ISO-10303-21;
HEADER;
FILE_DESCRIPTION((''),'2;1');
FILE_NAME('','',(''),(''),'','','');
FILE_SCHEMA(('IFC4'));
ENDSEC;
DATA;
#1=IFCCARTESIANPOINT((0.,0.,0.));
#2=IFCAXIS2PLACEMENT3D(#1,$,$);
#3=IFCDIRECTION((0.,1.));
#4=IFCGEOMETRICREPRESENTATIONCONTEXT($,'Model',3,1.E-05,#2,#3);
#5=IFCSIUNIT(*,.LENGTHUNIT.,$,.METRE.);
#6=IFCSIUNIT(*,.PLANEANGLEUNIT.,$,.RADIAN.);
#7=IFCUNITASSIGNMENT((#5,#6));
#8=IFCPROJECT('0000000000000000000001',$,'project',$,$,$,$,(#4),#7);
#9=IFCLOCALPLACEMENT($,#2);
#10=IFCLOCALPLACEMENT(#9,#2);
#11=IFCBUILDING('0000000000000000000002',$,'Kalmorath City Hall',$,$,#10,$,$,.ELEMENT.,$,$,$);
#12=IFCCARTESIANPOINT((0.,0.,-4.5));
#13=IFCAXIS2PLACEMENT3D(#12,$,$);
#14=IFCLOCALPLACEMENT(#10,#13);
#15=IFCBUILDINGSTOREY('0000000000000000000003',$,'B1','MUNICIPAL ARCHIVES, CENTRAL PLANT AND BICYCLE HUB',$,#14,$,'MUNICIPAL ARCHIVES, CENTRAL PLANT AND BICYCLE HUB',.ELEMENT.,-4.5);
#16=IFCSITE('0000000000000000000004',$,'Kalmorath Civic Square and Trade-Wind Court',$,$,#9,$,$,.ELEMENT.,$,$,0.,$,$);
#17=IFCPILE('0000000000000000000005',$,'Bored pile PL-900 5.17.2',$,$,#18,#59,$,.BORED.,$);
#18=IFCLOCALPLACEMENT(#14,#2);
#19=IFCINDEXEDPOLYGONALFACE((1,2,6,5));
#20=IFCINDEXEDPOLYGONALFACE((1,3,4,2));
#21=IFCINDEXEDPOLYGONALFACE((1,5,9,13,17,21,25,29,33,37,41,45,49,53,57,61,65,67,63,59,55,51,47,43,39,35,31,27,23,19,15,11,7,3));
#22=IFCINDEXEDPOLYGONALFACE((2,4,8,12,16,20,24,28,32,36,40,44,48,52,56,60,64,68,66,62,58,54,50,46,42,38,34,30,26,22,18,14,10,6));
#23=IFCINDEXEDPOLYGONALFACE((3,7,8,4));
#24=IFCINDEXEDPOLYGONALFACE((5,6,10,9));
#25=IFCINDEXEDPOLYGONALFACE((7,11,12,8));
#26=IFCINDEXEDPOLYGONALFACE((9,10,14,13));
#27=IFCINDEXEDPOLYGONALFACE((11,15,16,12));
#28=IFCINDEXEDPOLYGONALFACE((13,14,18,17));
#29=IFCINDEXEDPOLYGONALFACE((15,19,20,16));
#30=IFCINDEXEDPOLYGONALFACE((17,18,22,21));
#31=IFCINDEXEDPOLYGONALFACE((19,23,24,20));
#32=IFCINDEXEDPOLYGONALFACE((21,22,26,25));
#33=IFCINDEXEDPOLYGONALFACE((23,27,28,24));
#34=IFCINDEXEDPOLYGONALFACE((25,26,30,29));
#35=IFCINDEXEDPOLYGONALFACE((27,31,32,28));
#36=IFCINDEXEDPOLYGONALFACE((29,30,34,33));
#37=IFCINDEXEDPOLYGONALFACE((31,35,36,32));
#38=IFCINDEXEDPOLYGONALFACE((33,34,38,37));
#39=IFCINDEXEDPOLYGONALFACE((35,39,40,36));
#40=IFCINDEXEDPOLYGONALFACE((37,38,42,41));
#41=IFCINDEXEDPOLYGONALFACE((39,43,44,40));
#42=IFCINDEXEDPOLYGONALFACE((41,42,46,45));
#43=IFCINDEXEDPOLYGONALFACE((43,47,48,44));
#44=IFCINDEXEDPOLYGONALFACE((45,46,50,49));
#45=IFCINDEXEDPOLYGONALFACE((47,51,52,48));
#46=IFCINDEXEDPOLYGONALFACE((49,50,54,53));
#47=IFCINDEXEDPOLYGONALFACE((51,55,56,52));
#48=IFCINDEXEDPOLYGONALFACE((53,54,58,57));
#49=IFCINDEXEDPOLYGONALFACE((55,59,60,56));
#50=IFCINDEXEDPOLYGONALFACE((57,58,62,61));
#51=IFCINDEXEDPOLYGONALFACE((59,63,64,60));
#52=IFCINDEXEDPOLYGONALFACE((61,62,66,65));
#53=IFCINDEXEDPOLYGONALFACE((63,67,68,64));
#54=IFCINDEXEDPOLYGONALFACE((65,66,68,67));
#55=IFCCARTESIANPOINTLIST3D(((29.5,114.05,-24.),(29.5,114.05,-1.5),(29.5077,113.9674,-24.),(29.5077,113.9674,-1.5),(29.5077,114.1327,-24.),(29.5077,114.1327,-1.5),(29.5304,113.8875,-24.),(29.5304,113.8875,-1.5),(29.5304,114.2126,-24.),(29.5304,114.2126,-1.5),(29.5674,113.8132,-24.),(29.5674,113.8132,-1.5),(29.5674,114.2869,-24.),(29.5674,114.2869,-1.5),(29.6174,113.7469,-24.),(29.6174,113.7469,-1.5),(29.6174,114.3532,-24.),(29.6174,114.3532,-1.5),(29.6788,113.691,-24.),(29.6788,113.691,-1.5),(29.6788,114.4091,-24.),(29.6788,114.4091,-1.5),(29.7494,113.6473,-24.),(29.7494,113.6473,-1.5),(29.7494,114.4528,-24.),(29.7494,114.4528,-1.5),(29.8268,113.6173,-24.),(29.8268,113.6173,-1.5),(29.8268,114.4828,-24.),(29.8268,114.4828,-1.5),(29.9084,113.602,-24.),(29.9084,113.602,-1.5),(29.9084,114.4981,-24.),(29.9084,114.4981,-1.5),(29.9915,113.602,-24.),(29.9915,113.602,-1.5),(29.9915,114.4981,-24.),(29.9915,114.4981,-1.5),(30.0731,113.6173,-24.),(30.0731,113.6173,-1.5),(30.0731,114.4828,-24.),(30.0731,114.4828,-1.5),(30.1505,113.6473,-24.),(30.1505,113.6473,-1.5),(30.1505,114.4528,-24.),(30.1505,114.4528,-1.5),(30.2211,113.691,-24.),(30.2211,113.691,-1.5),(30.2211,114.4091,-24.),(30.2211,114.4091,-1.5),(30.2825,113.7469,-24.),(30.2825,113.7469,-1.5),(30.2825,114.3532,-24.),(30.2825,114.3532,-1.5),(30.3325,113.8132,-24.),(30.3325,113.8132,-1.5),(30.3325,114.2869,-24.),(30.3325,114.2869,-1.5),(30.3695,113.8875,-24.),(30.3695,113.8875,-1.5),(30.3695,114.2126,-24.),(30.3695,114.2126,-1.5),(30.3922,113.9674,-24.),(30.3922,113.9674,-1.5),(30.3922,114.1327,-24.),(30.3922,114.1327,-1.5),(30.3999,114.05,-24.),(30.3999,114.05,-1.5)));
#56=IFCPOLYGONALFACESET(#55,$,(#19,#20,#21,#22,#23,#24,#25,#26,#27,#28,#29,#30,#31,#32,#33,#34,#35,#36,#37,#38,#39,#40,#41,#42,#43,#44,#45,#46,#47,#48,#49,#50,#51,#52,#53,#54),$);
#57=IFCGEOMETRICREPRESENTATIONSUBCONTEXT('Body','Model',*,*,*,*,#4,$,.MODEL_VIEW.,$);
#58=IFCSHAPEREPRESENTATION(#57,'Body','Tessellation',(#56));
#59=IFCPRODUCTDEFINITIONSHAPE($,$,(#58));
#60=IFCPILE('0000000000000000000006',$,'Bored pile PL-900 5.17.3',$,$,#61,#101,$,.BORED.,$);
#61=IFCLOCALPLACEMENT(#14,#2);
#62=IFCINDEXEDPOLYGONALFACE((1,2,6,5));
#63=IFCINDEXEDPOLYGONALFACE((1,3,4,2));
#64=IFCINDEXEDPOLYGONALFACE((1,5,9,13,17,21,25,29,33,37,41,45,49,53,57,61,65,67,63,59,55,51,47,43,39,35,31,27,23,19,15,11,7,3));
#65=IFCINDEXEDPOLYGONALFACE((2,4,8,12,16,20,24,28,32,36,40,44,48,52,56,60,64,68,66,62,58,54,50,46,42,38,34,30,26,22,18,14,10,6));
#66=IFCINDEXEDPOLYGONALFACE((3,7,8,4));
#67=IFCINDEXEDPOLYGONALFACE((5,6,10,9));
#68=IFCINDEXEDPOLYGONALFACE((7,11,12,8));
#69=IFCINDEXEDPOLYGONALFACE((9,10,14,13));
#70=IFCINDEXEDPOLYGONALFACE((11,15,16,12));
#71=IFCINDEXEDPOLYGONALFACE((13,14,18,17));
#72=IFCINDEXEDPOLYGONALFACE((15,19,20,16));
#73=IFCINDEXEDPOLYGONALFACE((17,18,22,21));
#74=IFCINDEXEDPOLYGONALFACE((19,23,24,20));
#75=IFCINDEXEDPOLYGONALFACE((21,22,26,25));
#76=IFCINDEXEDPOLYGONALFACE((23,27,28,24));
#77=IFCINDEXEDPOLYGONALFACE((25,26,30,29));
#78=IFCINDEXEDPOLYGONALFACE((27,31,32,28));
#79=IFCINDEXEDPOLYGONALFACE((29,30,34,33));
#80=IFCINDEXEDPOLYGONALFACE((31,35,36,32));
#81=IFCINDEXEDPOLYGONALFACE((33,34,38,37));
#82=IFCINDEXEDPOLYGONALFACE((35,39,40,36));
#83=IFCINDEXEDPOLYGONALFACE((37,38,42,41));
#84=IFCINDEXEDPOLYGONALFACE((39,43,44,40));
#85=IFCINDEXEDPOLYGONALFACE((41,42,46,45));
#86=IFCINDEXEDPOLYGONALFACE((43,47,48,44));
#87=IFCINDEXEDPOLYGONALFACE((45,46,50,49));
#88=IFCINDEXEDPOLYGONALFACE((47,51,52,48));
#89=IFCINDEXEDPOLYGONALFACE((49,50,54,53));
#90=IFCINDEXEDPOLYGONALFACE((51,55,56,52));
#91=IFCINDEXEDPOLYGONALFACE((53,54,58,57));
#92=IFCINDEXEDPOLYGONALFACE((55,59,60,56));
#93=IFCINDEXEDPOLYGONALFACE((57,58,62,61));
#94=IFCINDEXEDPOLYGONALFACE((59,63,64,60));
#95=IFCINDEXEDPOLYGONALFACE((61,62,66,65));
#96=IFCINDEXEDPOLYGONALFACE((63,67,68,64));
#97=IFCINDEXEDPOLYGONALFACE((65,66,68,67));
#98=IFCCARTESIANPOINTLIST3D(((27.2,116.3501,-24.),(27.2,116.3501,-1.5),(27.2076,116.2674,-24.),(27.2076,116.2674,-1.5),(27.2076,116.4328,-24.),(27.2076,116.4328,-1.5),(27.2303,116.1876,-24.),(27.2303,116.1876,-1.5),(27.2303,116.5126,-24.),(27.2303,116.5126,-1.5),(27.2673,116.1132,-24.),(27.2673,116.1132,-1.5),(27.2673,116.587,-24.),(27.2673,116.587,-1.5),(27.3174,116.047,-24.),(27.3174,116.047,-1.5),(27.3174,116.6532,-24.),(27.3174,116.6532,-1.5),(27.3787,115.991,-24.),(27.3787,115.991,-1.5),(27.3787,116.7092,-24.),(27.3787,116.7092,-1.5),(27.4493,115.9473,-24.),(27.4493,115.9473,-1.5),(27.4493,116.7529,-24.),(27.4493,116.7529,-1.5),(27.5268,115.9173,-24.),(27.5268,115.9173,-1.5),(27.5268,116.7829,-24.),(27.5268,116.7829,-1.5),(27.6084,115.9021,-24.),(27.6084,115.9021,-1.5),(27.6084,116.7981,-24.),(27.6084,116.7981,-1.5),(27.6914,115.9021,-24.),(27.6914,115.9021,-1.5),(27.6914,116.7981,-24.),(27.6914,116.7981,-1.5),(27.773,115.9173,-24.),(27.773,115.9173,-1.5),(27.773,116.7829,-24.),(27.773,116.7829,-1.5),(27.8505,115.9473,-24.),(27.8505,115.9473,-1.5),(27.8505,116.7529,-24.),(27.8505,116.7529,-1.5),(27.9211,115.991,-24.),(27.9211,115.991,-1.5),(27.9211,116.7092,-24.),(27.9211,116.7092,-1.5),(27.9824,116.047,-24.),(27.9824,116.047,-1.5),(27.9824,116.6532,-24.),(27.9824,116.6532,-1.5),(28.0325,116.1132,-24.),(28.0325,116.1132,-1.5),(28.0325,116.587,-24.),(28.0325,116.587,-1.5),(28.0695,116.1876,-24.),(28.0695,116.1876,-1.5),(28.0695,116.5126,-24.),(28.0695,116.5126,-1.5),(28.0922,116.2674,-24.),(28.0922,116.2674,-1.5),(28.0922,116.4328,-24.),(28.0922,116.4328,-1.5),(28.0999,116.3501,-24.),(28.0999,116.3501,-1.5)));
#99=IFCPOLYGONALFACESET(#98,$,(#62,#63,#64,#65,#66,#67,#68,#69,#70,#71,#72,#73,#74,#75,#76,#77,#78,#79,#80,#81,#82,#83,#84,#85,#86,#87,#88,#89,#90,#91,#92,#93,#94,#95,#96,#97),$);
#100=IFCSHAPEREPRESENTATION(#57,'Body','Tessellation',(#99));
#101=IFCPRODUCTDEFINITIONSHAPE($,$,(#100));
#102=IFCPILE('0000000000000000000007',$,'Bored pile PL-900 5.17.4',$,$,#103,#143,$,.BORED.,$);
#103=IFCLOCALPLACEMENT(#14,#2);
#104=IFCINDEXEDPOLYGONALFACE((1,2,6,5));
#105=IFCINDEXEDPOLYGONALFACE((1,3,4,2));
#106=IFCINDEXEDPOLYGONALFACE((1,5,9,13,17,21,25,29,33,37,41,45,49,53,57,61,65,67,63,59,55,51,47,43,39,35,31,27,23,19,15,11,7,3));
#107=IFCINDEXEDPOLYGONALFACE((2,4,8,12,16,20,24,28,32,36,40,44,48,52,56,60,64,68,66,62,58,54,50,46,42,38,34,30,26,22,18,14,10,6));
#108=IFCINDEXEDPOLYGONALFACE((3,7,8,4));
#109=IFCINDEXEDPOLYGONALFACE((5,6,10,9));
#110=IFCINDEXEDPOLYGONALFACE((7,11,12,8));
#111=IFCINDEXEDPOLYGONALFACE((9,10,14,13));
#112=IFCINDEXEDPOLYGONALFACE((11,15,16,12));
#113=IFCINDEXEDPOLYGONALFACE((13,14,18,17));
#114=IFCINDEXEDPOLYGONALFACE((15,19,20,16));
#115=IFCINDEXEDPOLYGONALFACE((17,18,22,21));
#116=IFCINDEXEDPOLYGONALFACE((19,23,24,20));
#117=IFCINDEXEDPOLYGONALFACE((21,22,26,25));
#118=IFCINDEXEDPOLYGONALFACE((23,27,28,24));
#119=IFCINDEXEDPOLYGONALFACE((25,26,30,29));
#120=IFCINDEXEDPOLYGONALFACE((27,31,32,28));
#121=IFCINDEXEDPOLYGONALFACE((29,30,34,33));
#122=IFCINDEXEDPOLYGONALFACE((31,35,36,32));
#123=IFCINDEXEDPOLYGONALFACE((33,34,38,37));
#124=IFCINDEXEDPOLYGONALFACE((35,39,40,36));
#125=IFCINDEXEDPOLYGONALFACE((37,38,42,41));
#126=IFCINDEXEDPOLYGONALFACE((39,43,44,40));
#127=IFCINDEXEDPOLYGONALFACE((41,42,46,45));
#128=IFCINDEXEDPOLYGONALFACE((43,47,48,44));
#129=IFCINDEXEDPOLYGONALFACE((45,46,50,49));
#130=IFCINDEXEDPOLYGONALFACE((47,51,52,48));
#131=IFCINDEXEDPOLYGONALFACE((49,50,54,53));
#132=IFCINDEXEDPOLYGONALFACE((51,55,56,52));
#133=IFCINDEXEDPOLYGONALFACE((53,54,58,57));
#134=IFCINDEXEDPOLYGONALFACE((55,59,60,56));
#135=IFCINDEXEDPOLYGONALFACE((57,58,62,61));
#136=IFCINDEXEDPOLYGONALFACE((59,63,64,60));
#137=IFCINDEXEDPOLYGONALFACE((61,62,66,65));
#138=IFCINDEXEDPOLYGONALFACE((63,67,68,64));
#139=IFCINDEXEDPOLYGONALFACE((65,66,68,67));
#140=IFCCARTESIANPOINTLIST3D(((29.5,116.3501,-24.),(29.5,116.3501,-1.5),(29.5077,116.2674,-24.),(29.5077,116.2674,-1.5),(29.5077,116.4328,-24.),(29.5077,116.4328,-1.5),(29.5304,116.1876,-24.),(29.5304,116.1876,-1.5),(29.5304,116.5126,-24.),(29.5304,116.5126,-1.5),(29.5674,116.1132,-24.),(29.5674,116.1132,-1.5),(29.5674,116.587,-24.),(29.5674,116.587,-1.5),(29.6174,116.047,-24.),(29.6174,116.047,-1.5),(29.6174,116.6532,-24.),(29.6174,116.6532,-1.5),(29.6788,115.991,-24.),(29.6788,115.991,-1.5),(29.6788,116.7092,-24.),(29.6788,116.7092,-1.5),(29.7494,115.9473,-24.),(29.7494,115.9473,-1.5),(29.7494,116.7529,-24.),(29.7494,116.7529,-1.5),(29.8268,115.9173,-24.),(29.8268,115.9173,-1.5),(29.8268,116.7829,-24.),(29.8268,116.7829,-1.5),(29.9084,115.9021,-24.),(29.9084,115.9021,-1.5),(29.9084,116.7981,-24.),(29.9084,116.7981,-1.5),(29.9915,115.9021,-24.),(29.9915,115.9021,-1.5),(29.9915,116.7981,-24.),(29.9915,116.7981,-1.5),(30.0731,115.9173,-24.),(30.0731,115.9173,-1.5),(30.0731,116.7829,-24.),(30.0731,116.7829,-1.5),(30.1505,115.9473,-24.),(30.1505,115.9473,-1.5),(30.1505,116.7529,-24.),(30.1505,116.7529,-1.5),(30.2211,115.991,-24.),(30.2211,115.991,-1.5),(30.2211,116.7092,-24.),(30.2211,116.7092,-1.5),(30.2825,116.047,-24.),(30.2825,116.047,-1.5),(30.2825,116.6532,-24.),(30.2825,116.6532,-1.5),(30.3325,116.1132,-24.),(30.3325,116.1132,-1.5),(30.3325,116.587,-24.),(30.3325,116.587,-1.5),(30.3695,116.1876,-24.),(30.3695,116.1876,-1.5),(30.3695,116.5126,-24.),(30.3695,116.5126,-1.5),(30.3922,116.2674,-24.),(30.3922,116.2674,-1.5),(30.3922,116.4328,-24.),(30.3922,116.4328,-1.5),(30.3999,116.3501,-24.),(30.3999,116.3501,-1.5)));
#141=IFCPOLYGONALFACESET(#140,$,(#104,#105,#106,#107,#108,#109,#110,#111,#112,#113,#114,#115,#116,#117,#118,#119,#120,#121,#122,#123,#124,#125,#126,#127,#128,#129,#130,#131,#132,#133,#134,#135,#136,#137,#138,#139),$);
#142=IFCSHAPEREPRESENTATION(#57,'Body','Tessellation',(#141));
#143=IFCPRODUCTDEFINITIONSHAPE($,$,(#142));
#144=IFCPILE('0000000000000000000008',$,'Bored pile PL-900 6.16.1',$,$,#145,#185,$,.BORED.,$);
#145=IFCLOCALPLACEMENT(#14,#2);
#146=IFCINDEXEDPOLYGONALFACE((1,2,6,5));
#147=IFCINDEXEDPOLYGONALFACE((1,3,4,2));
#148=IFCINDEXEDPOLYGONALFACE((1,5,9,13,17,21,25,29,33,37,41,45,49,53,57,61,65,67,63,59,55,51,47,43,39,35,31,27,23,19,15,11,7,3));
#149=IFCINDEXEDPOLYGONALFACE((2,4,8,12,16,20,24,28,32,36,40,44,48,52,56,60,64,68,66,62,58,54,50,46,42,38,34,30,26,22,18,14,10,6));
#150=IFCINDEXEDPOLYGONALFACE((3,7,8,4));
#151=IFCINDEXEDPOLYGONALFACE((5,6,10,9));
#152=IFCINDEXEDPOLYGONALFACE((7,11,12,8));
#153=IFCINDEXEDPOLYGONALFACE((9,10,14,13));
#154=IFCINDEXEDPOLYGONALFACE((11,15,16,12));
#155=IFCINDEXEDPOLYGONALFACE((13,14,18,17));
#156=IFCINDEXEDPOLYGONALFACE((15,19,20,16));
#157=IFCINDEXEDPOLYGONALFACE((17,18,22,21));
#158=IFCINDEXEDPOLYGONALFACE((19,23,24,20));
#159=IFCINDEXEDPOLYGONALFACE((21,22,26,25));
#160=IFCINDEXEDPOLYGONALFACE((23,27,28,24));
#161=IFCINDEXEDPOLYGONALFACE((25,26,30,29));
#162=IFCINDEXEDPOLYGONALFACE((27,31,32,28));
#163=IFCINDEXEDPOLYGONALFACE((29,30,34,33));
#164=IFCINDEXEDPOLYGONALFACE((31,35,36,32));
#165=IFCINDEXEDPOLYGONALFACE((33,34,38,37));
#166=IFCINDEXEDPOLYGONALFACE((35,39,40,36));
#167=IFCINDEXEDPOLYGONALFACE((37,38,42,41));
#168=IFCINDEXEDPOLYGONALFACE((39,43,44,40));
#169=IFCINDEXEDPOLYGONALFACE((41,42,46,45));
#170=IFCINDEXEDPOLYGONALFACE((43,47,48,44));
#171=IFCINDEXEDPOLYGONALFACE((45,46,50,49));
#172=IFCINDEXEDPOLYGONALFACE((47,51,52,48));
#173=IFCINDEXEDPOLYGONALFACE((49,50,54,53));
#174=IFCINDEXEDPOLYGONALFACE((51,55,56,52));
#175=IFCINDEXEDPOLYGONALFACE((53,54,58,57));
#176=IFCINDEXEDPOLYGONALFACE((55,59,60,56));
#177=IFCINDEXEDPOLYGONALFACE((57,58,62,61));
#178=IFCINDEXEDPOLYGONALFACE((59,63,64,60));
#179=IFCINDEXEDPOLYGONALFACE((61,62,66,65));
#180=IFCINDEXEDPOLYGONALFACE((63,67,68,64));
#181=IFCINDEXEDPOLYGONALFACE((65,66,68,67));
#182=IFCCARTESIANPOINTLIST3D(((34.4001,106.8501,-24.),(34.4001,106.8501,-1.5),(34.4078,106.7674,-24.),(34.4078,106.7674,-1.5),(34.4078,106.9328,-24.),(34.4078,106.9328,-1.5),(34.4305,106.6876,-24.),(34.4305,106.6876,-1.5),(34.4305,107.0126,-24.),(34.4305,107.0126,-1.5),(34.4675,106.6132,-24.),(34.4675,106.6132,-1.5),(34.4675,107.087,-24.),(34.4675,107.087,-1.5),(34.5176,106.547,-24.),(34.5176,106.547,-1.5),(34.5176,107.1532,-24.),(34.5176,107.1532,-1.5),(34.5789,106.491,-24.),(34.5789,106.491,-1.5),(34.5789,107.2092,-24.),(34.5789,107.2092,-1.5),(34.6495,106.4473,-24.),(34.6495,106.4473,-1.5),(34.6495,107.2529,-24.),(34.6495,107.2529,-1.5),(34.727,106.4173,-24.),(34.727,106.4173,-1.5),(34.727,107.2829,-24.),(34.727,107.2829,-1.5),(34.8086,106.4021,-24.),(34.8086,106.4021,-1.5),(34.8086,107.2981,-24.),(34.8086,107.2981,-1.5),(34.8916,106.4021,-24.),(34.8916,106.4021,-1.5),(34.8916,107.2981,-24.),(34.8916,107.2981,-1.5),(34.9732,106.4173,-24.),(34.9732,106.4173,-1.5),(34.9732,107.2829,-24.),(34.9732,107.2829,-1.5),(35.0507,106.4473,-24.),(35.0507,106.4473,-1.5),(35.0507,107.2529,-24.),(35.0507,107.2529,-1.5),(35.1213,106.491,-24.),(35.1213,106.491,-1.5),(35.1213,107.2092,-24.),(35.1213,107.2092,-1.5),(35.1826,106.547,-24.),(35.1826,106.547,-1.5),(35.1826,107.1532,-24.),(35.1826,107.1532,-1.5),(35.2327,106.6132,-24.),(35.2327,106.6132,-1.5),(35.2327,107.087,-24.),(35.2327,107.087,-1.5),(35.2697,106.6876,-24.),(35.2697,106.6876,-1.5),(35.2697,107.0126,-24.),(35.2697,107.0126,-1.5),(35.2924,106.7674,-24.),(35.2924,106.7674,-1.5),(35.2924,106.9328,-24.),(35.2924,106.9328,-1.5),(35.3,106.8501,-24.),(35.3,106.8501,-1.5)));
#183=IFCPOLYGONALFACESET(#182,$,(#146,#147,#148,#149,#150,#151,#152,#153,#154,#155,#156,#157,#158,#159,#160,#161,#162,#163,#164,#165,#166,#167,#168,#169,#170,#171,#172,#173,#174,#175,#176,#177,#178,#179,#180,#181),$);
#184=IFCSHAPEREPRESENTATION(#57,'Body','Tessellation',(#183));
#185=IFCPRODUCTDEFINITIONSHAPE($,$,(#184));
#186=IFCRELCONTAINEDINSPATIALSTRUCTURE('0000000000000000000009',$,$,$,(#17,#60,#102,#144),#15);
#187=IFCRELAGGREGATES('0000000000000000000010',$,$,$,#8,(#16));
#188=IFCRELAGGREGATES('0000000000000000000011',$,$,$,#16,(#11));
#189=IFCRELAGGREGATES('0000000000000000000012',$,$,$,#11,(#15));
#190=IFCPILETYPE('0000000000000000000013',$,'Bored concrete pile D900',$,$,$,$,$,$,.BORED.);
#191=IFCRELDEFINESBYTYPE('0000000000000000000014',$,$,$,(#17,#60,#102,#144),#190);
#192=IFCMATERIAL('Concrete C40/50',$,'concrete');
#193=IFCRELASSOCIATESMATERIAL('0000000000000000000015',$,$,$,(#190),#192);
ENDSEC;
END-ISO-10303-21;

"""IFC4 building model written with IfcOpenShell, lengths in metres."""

from ifc_helpers import new_model, si_unit, direction, frame, origin, origin_2d, place, context, subcontext, project, spatial, circle, extrude, material, material_profile, profile_set, type_object, element, save


model = new_model("IFC4")

# Units and contexts
model_context = context("Model", 3, precision=1e-05, world=origin(), true_north=direction((0.0, 1.0)))
body_context = subcontext(model_context, "Body", "Model", "MODEL_VIEW")
ifc_project = project(units=[si_unit("LENGTHUNIT", "METRE"), si_unit("PLANEANGLEUNIT", "RADIAN")], contexts=[model_context])

# Site, building, storey
site_placement = place(None, origin())
site = spatial("IfcSite", under=ifc_project, at=site_placement, Name="Kalmorath Civic Square and Trade-Wind Court", CompositionType="ELEMENT", RefElevation=0.0)
building_placement = place(site_placement, origin())
building = spatial("IfcBuilding", under=site, at=building_placement, Name="Kalmorath City Hall", CompositionType="ELEMENT")
storey_placement = place(building_placement, frame((0.0, 0.0, -4.5)))
storey = spatial("IfcBuildingStorey", under=building, at=storey_placement, Name="B1", Description="MUNICIPAL ARCHIVES, CENTRAL PLANT AND BICYCLE HUB", LongName="MUNICIPAL ARCHIVES, CENTRAL PLANT AND BICYCLE HUB", CompositionType="ELEMENT", Elevation=-4.5)

# Piles
ifc_material_1 = material(Name="Concrete C40/50", Category="concrete")
ifc_material_profile_1 = material_profile(ifc_material_1, circle(Radius=0.45, at=origin_2d()), Name="PILE-D900")
ifc_profile_set_1 = profile_set([ifc_material_profile_1], Name="Concrete C40/50")
pile_type = type_object("IfcPileType", Name="Bored concrete pile D900", PredefinedType="BORED", material=ifc_profile_set_1)
for number, where, z_axis, x_axis, name in (
    (1, (29.95, 114.05, -1.5), (0.0, 0.0, -1.0), (1.0, 0.0, 0.0), "Bored pile PL-900 5.17.2"),
    (2, (27.6499, 116.3501, -1.5), (0.0, 0.0, -1.0), (1.0, 0.0, 0.0), "Bored pile PL-900 5.17.3"),
    (3, (29.95, 116.3501, -1.5), (0.0, 0.0, -1.0), (1.0, 0.0, 0.0), "Bored pile PL-900 5.17.4"),
    (4, (34.8501, 106.8501, -1.5), (0.0, 0.0, -1.0), (1.0, 0.0, 0.0), "Bored pile PL-900 6.16.1"),
):
    element("IfcPile", number, at=place(storey_placement, frame(where, z_axis=z_axis, x_axis=x_axis)), inside=storey, type_object=pile_type, Name=name, PredefinedType="BORED", context=body_context, shape_type="SweptSolid", body=[
        extrude(circle(Radius=0.45, at=origin_2d()), origin(), (0.0, 0.0, 1.0), 22.5),
    ])

save(model, "model.ifc")
